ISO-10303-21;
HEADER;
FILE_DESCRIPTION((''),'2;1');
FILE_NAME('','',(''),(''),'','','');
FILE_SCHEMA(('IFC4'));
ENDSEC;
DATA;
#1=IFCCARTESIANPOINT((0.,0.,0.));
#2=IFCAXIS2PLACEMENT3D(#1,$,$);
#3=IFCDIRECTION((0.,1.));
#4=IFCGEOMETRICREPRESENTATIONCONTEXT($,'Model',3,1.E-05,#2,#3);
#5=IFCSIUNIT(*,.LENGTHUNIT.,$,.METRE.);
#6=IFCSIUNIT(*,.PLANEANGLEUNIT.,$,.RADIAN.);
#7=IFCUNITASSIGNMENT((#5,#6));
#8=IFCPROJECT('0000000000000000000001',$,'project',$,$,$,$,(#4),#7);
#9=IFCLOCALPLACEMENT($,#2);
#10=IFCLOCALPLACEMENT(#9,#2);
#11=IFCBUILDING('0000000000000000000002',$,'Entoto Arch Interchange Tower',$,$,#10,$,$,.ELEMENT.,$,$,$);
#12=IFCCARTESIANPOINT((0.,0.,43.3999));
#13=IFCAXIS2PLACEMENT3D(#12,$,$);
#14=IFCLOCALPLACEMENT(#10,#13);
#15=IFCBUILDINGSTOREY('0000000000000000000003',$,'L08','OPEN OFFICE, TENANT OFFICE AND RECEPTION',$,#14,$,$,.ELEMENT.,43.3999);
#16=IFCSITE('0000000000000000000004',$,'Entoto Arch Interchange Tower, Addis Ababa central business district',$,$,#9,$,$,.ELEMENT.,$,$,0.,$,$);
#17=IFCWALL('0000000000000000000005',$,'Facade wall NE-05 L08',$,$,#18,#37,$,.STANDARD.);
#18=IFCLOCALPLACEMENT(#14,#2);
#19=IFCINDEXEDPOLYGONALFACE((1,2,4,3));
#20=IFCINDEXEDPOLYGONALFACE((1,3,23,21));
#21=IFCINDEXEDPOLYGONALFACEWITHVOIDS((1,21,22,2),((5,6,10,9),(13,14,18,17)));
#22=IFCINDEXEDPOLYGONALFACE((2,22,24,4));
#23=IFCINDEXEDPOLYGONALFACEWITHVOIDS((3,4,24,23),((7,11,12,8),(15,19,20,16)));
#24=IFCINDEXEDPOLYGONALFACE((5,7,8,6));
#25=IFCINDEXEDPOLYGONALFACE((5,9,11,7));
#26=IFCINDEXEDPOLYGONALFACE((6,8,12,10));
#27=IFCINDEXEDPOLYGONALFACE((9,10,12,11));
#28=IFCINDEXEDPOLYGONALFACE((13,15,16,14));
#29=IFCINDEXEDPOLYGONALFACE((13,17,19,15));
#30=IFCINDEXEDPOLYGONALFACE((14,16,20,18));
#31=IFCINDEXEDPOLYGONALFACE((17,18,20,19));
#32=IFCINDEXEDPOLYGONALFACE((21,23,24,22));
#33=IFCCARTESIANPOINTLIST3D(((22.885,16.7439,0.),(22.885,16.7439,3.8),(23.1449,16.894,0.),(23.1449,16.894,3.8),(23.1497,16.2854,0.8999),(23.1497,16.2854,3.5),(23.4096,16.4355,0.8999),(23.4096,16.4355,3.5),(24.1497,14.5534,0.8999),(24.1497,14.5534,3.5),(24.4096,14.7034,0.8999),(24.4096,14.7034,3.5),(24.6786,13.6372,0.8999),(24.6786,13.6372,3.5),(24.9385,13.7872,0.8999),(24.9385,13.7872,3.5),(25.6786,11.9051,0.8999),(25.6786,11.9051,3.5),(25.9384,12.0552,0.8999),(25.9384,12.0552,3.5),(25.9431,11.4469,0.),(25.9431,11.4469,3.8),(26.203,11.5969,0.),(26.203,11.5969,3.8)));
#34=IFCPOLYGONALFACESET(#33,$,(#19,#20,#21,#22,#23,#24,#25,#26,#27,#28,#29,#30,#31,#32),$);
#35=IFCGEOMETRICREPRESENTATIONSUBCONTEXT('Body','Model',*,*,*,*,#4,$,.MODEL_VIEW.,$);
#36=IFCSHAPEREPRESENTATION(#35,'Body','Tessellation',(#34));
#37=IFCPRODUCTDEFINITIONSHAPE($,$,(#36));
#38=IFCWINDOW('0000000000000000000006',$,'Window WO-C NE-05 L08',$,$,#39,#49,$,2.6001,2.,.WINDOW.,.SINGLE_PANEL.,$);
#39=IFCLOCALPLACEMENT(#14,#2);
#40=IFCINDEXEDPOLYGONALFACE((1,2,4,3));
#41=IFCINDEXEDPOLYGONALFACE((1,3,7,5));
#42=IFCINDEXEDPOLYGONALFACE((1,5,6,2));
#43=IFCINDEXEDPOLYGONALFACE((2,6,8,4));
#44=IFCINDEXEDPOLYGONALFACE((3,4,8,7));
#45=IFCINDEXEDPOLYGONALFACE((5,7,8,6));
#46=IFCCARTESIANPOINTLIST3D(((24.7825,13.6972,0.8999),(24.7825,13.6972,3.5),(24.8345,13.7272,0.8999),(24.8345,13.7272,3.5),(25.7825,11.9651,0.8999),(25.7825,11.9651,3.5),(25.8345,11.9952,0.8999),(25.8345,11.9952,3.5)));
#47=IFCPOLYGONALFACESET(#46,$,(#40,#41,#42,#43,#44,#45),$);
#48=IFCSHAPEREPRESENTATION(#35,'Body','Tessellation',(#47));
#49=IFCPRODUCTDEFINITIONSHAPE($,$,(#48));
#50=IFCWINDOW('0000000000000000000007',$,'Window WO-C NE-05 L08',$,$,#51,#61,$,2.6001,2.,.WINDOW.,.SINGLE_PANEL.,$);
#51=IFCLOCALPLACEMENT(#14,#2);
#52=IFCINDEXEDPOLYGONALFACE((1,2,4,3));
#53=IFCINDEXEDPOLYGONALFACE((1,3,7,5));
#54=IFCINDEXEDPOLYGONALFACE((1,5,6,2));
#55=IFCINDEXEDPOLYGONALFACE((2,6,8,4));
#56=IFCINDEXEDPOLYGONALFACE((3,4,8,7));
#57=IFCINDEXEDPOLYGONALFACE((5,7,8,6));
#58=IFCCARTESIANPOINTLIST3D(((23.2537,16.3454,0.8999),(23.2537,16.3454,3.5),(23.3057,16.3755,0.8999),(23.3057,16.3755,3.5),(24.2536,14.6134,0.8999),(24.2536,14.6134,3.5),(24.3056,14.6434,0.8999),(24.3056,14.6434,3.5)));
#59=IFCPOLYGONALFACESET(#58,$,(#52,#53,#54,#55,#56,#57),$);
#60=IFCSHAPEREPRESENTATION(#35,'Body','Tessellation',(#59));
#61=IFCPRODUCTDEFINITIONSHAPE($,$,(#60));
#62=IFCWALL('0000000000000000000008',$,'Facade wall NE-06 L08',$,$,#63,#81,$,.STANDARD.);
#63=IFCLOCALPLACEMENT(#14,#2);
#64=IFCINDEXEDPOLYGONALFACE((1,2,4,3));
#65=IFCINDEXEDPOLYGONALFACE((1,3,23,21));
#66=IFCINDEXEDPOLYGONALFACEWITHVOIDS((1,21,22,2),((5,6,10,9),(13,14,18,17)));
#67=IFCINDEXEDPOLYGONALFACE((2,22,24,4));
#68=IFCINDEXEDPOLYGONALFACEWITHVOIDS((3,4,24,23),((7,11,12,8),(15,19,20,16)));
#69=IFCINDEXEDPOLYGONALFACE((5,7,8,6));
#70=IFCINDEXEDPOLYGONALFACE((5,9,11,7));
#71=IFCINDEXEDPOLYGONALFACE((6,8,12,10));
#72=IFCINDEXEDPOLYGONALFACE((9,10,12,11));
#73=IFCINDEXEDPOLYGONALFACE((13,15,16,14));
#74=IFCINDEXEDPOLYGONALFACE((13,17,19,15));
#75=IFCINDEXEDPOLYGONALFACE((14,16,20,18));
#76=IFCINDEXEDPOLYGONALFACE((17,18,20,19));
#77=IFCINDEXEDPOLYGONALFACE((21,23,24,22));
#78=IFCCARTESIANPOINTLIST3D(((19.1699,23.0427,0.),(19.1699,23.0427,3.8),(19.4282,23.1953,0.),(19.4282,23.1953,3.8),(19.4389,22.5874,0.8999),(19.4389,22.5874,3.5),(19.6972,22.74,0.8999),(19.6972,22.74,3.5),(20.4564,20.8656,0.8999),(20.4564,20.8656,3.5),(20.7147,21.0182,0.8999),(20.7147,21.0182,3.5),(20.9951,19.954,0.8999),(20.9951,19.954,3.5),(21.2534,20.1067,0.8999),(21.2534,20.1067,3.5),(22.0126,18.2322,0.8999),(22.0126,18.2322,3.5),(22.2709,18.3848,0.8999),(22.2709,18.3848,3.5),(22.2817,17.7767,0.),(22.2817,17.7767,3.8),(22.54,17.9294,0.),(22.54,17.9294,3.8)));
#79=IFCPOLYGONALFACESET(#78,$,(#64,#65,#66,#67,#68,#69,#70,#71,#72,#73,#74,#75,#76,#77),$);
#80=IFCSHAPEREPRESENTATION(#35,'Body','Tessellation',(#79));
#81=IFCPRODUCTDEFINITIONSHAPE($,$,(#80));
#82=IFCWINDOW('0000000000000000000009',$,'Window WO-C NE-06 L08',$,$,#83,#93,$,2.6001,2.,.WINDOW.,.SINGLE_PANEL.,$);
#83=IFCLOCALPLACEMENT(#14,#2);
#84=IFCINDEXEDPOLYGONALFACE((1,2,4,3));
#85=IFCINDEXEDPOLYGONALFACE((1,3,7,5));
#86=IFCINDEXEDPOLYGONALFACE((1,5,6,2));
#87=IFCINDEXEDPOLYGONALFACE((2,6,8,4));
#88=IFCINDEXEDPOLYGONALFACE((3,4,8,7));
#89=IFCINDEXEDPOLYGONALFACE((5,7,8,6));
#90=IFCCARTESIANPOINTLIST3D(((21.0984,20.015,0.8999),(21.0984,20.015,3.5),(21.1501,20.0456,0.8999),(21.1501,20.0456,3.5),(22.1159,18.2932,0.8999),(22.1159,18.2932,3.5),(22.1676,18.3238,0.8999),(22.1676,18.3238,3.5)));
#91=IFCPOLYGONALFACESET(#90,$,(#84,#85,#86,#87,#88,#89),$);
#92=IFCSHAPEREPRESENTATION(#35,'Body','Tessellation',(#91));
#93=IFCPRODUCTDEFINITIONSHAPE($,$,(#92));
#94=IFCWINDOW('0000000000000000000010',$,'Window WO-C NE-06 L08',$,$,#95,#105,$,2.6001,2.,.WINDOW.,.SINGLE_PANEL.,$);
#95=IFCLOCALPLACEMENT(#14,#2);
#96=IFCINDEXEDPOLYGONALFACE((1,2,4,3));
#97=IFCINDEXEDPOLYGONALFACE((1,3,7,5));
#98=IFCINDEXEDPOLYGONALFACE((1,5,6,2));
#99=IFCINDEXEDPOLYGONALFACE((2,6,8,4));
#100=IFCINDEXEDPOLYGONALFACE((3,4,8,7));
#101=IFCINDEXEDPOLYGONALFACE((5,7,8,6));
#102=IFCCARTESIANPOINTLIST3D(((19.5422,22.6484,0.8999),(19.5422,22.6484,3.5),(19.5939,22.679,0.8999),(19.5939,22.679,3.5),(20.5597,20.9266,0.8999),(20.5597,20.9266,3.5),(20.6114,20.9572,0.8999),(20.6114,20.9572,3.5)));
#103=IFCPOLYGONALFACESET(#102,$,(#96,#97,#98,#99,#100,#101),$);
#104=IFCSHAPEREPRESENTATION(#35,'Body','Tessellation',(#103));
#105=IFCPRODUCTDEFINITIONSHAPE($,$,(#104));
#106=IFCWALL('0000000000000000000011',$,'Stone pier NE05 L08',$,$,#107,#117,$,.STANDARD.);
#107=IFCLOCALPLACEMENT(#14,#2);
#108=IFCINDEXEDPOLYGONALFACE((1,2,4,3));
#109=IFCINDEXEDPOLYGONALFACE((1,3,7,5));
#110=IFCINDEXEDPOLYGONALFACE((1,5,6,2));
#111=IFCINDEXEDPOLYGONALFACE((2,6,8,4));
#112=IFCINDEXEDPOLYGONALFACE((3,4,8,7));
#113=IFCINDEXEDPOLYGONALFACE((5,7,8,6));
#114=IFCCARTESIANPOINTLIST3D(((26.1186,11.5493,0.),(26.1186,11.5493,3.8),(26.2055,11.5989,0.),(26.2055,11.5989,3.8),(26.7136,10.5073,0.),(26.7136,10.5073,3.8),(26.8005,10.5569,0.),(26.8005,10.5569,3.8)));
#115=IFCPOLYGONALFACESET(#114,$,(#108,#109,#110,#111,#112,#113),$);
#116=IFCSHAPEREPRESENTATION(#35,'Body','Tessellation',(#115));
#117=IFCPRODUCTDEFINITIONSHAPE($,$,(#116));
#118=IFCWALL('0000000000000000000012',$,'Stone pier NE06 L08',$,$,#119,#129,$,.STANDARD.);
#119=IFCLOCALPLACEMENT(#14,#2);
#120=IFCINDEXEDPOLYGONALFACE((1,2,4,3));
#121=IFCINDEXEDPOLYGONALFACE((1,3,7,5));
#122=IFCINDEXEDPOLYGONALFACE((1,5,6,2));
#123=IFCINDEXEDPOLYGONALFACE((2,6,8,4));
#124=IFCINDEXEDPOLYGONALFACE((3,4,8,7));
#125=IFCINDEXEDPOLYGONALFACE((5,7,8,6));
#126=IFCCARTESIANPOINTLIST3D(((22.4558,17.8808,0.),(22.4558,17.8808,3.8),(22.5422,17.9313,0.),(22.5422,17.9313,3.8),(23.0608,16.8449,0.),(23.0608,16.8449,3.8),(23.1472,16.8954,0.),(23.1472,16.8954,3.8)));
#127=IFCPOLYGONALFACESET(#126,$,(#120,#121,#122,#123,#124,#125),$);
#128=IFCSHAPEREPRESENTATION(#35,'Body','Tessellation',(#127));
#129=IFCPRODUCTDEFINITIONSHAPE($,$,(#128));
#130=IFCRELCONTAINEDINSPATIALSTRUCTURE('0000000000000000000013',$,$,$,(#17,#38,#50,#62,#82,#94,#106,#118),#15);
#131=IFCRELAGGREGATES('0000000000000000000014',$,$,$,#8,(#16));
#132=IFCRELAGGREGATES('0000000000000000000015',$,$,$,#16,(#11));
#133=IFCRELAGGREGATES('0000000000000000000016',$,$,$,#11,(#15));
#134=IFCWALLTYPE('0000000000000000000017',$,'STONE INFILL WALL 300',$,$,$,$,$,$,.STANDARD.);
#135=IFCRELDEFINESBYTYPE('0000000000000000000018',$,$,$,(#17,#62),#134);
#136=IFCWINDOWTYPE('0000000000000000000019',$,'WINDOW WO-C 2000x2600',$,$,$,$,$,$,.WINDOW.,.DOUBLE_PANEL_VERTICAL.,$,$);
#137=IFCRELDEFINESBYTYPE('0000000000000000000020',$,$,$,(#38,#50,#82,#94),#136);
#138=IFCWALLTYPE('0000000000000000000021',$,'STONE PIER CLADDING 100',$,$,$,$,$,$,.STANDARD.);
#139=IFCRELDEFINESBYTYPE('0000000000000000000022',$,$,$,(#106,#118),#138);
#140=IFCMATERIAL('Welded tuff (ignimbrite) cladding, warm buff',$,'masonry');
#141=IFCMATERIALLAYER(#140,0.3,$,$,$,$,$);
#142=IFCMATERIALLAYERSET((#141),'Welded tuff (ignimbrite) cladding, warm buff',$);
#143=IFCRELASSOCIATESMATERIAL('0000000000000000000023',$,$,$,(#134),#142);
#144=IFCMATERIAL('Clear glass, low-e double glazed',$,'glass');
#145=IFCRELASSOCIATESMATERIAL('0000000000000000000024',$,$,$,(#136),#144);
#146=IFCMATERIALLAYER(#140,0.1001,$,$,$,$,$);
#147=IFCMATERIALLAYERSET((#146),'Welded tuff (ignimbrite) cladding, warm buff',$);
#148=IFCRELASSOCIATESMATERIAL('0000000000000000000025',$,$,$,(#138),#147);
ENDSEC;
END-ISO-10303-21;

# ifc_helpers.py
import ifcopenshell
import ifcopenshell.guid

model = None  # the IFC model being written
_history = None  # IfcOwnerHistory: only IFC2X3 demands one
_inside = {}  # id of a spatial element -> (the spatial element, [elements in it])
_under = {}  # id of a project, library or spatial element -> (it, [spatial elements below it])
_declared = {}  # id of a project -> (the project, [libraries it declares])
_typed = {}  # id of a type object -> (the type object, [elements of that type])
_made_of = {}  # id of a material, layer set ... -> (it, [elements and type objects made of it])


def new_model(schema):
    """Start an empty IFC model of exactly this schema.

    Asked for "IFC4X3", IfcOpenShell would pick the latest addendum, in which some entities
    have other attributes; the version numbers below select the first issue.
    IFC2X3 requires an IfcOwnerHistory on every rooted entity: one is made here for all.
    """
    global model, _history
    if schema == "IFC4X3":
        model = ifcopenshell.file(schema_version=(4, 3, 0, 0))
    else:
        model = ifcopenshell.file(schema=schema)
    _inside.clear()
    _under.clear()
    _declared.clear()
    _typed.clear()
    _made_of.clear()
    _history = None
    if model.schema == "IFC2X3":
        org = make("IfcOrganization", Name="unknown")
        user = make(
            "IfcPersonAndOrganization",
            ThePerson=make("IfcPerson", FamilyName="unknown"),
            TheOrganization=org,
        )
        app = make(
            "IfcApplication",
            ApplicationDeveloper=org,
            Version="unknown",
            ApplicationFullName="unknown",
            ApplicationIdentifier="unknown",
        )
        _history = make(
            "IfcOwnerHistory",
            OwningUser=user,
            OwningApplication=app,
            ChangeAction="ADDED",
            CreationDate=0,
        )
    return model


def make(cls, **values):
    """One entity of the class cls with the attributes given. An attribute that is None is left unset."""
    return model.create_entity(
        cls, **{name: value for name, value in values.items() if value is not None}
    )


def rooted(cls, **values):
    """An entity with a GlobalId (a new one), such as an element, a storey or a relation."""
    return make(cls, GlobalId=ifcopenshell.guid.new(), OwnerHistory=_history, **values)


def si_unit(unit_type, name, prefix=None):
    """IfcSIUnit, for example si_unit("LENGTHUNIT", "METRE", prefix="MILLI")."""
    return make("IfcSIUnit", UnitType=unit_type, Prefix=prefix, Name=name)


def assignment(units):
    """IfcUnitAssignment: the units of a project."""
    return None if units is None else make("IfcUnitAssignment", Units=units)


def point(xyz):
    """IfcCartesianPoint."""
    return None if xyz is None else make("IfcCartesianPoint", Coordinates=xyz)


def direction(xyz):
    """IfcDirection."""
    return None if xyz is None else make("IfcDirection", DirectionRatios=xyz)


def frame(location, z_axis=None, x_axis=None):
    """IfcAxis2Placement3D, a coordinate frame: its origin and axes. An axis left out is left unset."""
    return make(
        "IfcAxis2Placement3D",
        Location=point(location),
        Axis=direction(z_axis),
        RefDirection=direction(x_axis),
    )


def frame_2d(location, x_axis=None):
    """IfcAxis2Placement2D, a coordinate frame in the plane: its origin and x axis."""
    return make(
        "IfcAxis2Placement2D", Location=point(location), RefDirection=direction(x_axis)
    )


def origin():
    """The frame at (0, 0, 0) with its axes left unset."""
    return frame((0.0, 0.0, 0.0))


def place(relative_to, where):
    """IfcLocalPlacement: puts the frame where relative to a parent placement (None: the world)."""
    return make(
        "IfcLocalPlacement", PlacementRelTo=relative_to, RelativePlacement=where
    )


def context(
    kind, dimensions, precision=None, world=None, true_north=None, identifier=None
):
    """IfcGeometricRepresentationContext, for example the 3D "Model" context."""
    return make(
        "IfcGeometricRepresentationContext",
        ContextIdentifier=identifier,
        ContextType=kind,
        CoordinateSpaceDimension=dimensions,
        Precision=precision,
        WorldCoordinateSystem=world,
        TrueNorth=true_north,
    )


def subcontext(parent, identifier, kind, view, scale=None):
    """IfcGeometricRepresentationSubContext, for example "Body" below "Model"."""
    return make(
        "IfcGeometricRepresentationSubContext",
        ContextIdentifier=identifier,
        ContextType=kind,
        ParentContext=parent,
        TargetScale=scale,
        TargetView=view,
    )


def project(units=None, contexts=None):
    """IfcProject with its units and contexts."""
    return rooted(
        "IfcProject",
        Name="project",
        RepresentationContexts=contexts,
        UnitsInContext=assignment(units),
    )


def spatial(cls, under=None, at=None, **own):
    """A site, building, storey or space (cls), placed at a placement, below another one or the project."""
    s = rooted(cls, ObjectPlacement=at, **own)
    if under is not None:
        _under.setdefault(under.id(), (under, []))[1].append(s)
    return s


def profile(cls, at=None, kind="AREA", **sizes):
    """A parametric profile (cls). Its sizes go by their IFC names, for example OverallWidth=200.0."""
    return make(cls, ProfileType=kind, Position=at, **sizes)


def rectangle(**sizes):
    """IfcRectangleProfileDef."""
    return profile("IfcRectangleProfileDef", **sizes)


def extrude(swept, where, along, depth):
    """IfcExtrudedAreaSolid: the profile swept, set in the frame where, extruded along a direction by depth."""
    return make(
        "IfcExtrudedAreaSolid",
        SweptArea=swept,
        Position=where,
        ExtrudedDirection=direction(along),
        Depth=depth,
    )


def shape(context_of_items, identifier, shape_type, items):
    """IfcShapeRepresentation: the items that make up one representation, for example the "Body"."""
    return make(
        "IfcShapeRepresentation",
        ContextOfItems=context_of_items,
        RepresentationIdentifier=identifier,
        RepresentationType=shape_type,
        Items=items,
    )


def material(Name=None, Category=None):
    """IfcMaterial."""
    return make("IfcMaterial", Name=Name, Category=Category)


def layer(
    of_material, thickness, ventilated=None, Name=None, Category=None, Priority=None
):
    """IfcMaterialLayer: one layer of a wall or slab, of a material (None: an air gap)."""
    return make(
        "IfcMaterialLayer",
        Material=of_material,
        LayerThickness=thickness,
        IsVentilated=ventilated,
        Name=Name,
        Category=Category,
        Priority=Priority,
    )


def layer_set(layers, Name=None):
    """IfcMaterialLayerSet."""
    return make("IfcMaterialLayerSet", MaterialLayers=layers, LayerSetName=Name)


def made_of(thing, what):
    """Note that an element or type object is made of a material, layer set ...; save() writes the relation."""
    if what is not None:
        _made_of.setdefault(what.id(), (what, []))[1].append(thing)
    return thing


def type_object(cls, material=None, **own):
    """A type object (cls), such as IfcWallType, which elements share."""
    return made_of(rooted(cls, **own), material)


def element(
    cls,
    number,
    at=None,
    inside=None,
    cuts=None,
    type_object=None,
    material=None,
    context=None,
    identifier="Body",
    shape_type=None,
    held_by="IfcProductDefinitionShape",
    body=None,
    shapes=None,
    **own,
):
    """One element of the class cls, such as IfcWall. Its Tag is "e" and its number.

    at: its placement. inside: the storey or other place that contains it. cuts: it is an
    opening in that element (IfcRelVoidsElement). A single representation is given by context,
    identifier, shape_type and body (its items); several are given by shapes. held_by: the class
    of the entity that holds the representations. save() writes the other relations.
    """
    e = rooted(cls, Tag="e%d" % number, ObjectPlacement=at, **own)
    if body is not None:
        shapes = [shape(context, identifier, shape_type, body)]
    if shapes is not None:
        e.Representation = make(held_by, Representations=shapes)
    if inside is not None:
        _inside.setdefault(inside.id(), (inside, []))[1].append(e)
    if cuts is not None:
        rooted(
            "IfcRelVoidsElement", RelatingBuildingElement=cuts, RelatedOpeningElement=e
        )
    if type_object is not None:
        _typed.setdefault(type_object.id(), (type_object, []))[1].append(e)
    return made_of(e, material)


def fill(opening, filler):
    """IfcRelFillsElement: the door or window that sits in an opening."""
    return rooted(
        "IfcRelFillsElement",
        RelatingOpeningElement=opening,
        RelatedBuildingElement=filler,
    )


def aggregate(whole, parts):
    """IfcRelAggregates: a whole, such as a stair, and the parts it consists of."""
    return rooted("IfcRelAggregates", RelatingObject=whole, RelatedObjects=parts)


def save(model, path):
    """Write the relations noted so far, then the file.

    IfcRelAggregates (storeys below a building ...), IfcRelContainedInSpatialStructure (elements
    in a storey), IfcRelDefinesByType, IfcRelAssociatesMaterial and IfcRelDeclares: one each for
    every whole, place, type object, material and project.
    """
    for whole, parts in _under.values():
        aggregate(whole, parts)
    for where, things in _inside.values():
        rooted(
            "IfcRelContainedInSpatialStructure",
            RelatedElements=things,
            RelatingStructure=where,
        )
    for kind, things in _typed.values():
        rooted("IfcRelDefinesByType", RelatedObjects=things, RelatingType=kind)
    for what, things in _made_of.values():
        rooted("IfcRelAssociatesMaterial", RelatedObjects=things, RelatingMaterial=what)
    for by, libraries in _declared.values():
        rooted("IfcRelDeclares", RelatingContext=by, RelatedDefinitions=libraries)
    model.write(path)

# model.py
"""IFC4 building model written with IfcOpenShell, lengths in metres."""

from ifc_helpers import new_model, si_unit, direction, frame, frame_2d, origin, place, context, subcontext, project, spatial, rectangle, extrude, material, layer, layer_set, type_object, element, fill, save


model = new_model("IFC4")

# Units and contexts
model_context = context("Model", 3, precision=1e-05, world=origin(), true_north=direction((0.0, 1.0)))
body_context = subcontext(model_context, "Body", "Model", "MODEL_VIEW")
ifc_project = project(units=[si_unit("LENGTHUNIT", "METRE"), si_unit("PLANEANGLEUNIT", "RADIAN")], contexts=[model_context])

# Site, building, storey
site_placement = place(None, origin())
site = spatial("IfcSite", under=ifc_project, at=site_placement, Name="Entoto Arch Interchange Tower, Addis Ababa central business district", CompositionType="ELEMENT", RefElevation=0.0)
building_placement = place(site_placement, origin())
building = spatial("IfcBuilding", under=site, at=building_placement, Name="Entoto Arch Interchange Tower", CompositionType="ELEMENT")
storey_placement = place(building_placement, frame((0.0, 0.0, 43.3999)))
storey = spatial("IfcBuildingStorey", under=building, at=storey_placement, Name="L08", Description="OPEN OFFICE, TENANT OFFICE AND RECEPTION", CompositionType="ELEMENT", Elevation=43.3999)

# Walls, openings, windows
ifc_material_1 = material(Name="Welded tuff (ignimbrite) cladding, warm buff", Category="masonry")
ifc_layer_1 = layer(ifc_material_1, 0.3)
ifc_layer_set_1 = layer_set([ifc_layer_1], Name="Welded tuff (ignimbrite) cladding, warm buff")
wall_type_1 = type_object("IfcWallType", Name="STONE INFILL WALL 300", PredefinedType="STANDARD", material=ifc_layer_set_1)
wall_1_placement = place(storey_placement, frame((26.073, 11.522, 0.0), z_axis=(0.0, 0.0, 1.0), x_axis=(-0.499977, 0.866039, 0.0)))
wall_1 = element("IfcWall", 1, at=wall_1_placement, inside=storey, type_object=wall_type_1, Name="Facade wall NE-05 L08", PredefinedType="STANDARD", context=body_context, shape_type="SweptSolid", body=[
    extrude(rectangle(XDim=6.1165, YDim=0.3, at=frame_2d((3.0581, 0.0))), origin(), (0.0, 0.0, 1.0), 3.8),
])
opening_1_placement = place(wall_1_placement, frame((0.5291, 0.0, 0.8999)))
opening_1 = element("IfcOpeningElement", 2, at=opening_1_placement, cuts=wall_1, PredefinedType="OPENING", context=body_context, shape_type="SweptSolid", body=[
    extrude(rectangle(XDim=2.0, YDim=2.6001, at=frame_2d((1.0, 1.3))), frame((0.0, 0.1602, 0.0), z_axis=(0.0, -1.0, 0.0), x_axis=(1.0, 0.0, 0.0)), (0.0, 0.0, 1.0), 0.3201),
])
opening_2_placement = place(wall_1_placement, frame((3.5869, 0.0, 0.8999)))
opening_2 = element("IfcOpeningElement", 3, at=opening_2_placement, cuts=wall_1, PredefinedType="OPENING", context=body_context, shape_type="SweptSolid", body=[
    extrude(rectangle(XDim=2.0, YDim=2.6001, at=frame_2d((1.0, 1.3))), frame((0.0, 0.1602, 0.0), z_axis=(0.0, -1.0, 0.0), x_axis=(1.0, 0.0, 0.0)), (0.0, 0.0, 1.0), 0.3201),
])
ifc_material_2 = material(Name="Clear glass, low-e double glazed", Category="glass")
window_type = type_object("IfcWindowType", Name="WINDOW WO-C 2000x2600", PartitioningType="DOUBLE_PANEL_VERTICAL", PredefinedType="WINDOW", material=ifc_material_2)
window_1_placement = place(opening_1_placement, origin())
window_1 = element("IfcWindow", 4, at=window_1_placement, inside=storey, type_object=window_type, Name="Window WO-C NE-05 L08", OverallHeight=2.6001, OverallWidth=2.0, PartitioningType="SINGLE_PANEL", PredefinedType="WINDOW", context=body_context, shape_type="SweptSolid", body=[
    extrude(rectangle(XDim=2.0, YDim=2.6001, at=frame_2d((1.0, 1.3))), frame((0.0, 0.03, 0.0), z_axis=(0.0, -1.0, 0.0), x_axis=(1.0, 0.0, 0.0)), (0.0, 0.0, 1.0), 0.0601),
])
fill(opening_1, window_1)
window_2_placement = place(opening_2_placement, origin())
window_2 = element("IfcWindow", 5, at=window_2_placement, inside=storey, type_object=window_type, Name="Window WO-C NE-05 L08", OverallHeight=2.6001, OverallWidth=2.0, PartitioningType="SINGLE_PANEL", PredefinedType="WINDOW", context=body_context, shape_type="SweptSolid", body=[
    extrude(rectangle(XDim=2.0, YDim=2.6001, at=frame_2d((1.0, 1.3))), frame((0.0, 0.03, 0.0), z_axis=(0.0, -1.0, 0.0), x_axis=(1.0, 0.0, 0.0)), (0.0, 0.0, 1.0), 0.0601),
])
fill(opening_2, window_2)
wall_2_placement = place(storey_placement, frame((22.4109, 17.853, 0.0), z_axis=(0.0, 0.0, 1.0), x_axis=(-0.508749, 0.860915, 0.0)))
wall_2 = element("IfcWall", 6, at=wall_2_placement, inside=storey, type_object=wall_type_1, Name="Facade wall NE-06 L08", PredefinedType="STANDARD", context=body_context, shape_type="SweptSolid", body=[
    extrude(rectangle(XDim=6.1167, YDim=0.3, at=frame_2d((3.0583, 0.0))), origin(), (0.0, 0.0, 1.0), 3.8),
])
opening_3_placement = place(wall_2_placement, frame((0.5291, 0.0, 0.8999)))
opening_3 = element("IfcOpeningElement", 7, at=opening_3_placement, cuts=wall_2, PredefinedType="OPENING", context=body_context, shape_type="SweptSolid", body=[
    extrude(rectangle(XDim=2.0, YDim=2.6001, at=frame_2d((1.0, 1.3))), frame((0.0, 0.1602, 0.0), z_axis=(0.0, -1.0, 0.0), x_axis=(1.0, 0.0, 0.0)), (0.0, 0.0, 1.0), 0.3201),
])
opening_4_placement = place(wall_2_placement, frame((3.5879, 0.0, 0.8999)))
opening_4 = element("IfcOpeningElement", 8, at=opening_4_placement, cuts=wall_2, PredefinedType="OPENING", context=body_context, shape_type="SweptSolid", body=[
    extrude(rectangle(XDim=2.0, YDim=2.6001, at=frame_2d((1.0, 1.3))), frame((0.0, 0.1602, 0.0), z_axis=(0.0, -1.0, 0.0), x_axis=(1.0, 0.0, 0.0)), (0.0, 0.0, 1.0), 0.3201),
])
window_3_placement = place(opening_3_placement, origin())
window_3 = element("IfcWindow", 9, at=window_3_placement, inside=storey, type_object=window_type, Name="Window WO-C NE-06 L08", OverallHeight=2.6001, OverallWidth=2.0, PartitioningType="SINGLE_PANEL", PredefinedType="WINDOW", context=body_context, shape_type="SweptSolid", body=[
    extrude(rectangle(XDim=2.0, YDim=2.6001, at=frame_2d((1.0, 1.3))), frame((0.0, 0.03, 0.0), z_axis=(0.0, -1.0, 0.0), x_axis=(1.0, 0.0, 0.0)), (0.0, 0.0, 1.0), 0.0601),
])
fill(opening_3, window_3)
window_4_placement = place(opening_4_placement, origin())
window_4 = element("IfcWindow", 10, at=window_4_placement, inside=storey, type_object=window_type, Name="Window WO-C NE-06 L08", OverallHeight=2.6001, OverallWidth=2.0, PartitioningType="SINGLE_PANEL", PredefinedType="WINDOW", context=body_context, shape_type="SweptSolid", body=[
    extrude(rectangle(XDim=2.0, YDim=2.6001, at=frame_2d((1.0, 1.3))), frame((0.0, 0.03, 0.0), z_axis=(0.0, -1.0, 0.0), x_axis=(1.0, 0.0, 0.0)), (0.0, 0.0, 1.0), 0.0601),
])
fill(opening_4, window_4)

# Walls
ifc_layer_2 = layer(ifc_material_1, 0.1001)
ifc_layer_set_2 = layer_set([ifc_layer_2], Name="Welded tuff (ignimbrite) cladding, warm buff")
wall_type_2 = type_object("IfcWallType", Name="STONE PIER CLADDING 100", PredefinedType="STANDARD", material=ifc_layer_set_2)
wall_3_placement = place(storey_placement, frame((26.7571, 10.532, 0.0), z_axis=(0.0, 0.0, 1.0), x_axis=(-0.495854, 0.868406, 0.0)))
element("IfcWall", 11, at=wall_3_placement, inside=storey, type_object=wall_type_2, Name="Stone pier NE05 L08", PredefinedType="STANDARD", context=body_context, shape_type="SweptSolid", body=[
    extrude(rectangle(XDim=1.2, YDim=0.1001, at=frame_2d((0.6001, 0.0))), origin(), (0.0, 0.0, 1.0), 3.8),
])
wall_4_placement = place(storey_placement, frame((23.104, 16.8701, 0.0), z_axis=(0.0, 0.0, 1.0), x_axis=(-0.504314, 0.86352, 0.0)))
element("IfcWall", 12, at=wall_4_placement, inside=storey, type_object=wall_type_2, Name="Stone pier NE06 L08", PredefinedType="STANDARD", context=body_context, shape_type="SweptSolid", body=[
    extrude(rectangle(XDim=1.1997, YDim=0.1001, at=frame_2d((0.5999, 0.0))), origin(), (0.0, 0.0, 1.0), 3.8),
])

save(model, "model.ifc")
